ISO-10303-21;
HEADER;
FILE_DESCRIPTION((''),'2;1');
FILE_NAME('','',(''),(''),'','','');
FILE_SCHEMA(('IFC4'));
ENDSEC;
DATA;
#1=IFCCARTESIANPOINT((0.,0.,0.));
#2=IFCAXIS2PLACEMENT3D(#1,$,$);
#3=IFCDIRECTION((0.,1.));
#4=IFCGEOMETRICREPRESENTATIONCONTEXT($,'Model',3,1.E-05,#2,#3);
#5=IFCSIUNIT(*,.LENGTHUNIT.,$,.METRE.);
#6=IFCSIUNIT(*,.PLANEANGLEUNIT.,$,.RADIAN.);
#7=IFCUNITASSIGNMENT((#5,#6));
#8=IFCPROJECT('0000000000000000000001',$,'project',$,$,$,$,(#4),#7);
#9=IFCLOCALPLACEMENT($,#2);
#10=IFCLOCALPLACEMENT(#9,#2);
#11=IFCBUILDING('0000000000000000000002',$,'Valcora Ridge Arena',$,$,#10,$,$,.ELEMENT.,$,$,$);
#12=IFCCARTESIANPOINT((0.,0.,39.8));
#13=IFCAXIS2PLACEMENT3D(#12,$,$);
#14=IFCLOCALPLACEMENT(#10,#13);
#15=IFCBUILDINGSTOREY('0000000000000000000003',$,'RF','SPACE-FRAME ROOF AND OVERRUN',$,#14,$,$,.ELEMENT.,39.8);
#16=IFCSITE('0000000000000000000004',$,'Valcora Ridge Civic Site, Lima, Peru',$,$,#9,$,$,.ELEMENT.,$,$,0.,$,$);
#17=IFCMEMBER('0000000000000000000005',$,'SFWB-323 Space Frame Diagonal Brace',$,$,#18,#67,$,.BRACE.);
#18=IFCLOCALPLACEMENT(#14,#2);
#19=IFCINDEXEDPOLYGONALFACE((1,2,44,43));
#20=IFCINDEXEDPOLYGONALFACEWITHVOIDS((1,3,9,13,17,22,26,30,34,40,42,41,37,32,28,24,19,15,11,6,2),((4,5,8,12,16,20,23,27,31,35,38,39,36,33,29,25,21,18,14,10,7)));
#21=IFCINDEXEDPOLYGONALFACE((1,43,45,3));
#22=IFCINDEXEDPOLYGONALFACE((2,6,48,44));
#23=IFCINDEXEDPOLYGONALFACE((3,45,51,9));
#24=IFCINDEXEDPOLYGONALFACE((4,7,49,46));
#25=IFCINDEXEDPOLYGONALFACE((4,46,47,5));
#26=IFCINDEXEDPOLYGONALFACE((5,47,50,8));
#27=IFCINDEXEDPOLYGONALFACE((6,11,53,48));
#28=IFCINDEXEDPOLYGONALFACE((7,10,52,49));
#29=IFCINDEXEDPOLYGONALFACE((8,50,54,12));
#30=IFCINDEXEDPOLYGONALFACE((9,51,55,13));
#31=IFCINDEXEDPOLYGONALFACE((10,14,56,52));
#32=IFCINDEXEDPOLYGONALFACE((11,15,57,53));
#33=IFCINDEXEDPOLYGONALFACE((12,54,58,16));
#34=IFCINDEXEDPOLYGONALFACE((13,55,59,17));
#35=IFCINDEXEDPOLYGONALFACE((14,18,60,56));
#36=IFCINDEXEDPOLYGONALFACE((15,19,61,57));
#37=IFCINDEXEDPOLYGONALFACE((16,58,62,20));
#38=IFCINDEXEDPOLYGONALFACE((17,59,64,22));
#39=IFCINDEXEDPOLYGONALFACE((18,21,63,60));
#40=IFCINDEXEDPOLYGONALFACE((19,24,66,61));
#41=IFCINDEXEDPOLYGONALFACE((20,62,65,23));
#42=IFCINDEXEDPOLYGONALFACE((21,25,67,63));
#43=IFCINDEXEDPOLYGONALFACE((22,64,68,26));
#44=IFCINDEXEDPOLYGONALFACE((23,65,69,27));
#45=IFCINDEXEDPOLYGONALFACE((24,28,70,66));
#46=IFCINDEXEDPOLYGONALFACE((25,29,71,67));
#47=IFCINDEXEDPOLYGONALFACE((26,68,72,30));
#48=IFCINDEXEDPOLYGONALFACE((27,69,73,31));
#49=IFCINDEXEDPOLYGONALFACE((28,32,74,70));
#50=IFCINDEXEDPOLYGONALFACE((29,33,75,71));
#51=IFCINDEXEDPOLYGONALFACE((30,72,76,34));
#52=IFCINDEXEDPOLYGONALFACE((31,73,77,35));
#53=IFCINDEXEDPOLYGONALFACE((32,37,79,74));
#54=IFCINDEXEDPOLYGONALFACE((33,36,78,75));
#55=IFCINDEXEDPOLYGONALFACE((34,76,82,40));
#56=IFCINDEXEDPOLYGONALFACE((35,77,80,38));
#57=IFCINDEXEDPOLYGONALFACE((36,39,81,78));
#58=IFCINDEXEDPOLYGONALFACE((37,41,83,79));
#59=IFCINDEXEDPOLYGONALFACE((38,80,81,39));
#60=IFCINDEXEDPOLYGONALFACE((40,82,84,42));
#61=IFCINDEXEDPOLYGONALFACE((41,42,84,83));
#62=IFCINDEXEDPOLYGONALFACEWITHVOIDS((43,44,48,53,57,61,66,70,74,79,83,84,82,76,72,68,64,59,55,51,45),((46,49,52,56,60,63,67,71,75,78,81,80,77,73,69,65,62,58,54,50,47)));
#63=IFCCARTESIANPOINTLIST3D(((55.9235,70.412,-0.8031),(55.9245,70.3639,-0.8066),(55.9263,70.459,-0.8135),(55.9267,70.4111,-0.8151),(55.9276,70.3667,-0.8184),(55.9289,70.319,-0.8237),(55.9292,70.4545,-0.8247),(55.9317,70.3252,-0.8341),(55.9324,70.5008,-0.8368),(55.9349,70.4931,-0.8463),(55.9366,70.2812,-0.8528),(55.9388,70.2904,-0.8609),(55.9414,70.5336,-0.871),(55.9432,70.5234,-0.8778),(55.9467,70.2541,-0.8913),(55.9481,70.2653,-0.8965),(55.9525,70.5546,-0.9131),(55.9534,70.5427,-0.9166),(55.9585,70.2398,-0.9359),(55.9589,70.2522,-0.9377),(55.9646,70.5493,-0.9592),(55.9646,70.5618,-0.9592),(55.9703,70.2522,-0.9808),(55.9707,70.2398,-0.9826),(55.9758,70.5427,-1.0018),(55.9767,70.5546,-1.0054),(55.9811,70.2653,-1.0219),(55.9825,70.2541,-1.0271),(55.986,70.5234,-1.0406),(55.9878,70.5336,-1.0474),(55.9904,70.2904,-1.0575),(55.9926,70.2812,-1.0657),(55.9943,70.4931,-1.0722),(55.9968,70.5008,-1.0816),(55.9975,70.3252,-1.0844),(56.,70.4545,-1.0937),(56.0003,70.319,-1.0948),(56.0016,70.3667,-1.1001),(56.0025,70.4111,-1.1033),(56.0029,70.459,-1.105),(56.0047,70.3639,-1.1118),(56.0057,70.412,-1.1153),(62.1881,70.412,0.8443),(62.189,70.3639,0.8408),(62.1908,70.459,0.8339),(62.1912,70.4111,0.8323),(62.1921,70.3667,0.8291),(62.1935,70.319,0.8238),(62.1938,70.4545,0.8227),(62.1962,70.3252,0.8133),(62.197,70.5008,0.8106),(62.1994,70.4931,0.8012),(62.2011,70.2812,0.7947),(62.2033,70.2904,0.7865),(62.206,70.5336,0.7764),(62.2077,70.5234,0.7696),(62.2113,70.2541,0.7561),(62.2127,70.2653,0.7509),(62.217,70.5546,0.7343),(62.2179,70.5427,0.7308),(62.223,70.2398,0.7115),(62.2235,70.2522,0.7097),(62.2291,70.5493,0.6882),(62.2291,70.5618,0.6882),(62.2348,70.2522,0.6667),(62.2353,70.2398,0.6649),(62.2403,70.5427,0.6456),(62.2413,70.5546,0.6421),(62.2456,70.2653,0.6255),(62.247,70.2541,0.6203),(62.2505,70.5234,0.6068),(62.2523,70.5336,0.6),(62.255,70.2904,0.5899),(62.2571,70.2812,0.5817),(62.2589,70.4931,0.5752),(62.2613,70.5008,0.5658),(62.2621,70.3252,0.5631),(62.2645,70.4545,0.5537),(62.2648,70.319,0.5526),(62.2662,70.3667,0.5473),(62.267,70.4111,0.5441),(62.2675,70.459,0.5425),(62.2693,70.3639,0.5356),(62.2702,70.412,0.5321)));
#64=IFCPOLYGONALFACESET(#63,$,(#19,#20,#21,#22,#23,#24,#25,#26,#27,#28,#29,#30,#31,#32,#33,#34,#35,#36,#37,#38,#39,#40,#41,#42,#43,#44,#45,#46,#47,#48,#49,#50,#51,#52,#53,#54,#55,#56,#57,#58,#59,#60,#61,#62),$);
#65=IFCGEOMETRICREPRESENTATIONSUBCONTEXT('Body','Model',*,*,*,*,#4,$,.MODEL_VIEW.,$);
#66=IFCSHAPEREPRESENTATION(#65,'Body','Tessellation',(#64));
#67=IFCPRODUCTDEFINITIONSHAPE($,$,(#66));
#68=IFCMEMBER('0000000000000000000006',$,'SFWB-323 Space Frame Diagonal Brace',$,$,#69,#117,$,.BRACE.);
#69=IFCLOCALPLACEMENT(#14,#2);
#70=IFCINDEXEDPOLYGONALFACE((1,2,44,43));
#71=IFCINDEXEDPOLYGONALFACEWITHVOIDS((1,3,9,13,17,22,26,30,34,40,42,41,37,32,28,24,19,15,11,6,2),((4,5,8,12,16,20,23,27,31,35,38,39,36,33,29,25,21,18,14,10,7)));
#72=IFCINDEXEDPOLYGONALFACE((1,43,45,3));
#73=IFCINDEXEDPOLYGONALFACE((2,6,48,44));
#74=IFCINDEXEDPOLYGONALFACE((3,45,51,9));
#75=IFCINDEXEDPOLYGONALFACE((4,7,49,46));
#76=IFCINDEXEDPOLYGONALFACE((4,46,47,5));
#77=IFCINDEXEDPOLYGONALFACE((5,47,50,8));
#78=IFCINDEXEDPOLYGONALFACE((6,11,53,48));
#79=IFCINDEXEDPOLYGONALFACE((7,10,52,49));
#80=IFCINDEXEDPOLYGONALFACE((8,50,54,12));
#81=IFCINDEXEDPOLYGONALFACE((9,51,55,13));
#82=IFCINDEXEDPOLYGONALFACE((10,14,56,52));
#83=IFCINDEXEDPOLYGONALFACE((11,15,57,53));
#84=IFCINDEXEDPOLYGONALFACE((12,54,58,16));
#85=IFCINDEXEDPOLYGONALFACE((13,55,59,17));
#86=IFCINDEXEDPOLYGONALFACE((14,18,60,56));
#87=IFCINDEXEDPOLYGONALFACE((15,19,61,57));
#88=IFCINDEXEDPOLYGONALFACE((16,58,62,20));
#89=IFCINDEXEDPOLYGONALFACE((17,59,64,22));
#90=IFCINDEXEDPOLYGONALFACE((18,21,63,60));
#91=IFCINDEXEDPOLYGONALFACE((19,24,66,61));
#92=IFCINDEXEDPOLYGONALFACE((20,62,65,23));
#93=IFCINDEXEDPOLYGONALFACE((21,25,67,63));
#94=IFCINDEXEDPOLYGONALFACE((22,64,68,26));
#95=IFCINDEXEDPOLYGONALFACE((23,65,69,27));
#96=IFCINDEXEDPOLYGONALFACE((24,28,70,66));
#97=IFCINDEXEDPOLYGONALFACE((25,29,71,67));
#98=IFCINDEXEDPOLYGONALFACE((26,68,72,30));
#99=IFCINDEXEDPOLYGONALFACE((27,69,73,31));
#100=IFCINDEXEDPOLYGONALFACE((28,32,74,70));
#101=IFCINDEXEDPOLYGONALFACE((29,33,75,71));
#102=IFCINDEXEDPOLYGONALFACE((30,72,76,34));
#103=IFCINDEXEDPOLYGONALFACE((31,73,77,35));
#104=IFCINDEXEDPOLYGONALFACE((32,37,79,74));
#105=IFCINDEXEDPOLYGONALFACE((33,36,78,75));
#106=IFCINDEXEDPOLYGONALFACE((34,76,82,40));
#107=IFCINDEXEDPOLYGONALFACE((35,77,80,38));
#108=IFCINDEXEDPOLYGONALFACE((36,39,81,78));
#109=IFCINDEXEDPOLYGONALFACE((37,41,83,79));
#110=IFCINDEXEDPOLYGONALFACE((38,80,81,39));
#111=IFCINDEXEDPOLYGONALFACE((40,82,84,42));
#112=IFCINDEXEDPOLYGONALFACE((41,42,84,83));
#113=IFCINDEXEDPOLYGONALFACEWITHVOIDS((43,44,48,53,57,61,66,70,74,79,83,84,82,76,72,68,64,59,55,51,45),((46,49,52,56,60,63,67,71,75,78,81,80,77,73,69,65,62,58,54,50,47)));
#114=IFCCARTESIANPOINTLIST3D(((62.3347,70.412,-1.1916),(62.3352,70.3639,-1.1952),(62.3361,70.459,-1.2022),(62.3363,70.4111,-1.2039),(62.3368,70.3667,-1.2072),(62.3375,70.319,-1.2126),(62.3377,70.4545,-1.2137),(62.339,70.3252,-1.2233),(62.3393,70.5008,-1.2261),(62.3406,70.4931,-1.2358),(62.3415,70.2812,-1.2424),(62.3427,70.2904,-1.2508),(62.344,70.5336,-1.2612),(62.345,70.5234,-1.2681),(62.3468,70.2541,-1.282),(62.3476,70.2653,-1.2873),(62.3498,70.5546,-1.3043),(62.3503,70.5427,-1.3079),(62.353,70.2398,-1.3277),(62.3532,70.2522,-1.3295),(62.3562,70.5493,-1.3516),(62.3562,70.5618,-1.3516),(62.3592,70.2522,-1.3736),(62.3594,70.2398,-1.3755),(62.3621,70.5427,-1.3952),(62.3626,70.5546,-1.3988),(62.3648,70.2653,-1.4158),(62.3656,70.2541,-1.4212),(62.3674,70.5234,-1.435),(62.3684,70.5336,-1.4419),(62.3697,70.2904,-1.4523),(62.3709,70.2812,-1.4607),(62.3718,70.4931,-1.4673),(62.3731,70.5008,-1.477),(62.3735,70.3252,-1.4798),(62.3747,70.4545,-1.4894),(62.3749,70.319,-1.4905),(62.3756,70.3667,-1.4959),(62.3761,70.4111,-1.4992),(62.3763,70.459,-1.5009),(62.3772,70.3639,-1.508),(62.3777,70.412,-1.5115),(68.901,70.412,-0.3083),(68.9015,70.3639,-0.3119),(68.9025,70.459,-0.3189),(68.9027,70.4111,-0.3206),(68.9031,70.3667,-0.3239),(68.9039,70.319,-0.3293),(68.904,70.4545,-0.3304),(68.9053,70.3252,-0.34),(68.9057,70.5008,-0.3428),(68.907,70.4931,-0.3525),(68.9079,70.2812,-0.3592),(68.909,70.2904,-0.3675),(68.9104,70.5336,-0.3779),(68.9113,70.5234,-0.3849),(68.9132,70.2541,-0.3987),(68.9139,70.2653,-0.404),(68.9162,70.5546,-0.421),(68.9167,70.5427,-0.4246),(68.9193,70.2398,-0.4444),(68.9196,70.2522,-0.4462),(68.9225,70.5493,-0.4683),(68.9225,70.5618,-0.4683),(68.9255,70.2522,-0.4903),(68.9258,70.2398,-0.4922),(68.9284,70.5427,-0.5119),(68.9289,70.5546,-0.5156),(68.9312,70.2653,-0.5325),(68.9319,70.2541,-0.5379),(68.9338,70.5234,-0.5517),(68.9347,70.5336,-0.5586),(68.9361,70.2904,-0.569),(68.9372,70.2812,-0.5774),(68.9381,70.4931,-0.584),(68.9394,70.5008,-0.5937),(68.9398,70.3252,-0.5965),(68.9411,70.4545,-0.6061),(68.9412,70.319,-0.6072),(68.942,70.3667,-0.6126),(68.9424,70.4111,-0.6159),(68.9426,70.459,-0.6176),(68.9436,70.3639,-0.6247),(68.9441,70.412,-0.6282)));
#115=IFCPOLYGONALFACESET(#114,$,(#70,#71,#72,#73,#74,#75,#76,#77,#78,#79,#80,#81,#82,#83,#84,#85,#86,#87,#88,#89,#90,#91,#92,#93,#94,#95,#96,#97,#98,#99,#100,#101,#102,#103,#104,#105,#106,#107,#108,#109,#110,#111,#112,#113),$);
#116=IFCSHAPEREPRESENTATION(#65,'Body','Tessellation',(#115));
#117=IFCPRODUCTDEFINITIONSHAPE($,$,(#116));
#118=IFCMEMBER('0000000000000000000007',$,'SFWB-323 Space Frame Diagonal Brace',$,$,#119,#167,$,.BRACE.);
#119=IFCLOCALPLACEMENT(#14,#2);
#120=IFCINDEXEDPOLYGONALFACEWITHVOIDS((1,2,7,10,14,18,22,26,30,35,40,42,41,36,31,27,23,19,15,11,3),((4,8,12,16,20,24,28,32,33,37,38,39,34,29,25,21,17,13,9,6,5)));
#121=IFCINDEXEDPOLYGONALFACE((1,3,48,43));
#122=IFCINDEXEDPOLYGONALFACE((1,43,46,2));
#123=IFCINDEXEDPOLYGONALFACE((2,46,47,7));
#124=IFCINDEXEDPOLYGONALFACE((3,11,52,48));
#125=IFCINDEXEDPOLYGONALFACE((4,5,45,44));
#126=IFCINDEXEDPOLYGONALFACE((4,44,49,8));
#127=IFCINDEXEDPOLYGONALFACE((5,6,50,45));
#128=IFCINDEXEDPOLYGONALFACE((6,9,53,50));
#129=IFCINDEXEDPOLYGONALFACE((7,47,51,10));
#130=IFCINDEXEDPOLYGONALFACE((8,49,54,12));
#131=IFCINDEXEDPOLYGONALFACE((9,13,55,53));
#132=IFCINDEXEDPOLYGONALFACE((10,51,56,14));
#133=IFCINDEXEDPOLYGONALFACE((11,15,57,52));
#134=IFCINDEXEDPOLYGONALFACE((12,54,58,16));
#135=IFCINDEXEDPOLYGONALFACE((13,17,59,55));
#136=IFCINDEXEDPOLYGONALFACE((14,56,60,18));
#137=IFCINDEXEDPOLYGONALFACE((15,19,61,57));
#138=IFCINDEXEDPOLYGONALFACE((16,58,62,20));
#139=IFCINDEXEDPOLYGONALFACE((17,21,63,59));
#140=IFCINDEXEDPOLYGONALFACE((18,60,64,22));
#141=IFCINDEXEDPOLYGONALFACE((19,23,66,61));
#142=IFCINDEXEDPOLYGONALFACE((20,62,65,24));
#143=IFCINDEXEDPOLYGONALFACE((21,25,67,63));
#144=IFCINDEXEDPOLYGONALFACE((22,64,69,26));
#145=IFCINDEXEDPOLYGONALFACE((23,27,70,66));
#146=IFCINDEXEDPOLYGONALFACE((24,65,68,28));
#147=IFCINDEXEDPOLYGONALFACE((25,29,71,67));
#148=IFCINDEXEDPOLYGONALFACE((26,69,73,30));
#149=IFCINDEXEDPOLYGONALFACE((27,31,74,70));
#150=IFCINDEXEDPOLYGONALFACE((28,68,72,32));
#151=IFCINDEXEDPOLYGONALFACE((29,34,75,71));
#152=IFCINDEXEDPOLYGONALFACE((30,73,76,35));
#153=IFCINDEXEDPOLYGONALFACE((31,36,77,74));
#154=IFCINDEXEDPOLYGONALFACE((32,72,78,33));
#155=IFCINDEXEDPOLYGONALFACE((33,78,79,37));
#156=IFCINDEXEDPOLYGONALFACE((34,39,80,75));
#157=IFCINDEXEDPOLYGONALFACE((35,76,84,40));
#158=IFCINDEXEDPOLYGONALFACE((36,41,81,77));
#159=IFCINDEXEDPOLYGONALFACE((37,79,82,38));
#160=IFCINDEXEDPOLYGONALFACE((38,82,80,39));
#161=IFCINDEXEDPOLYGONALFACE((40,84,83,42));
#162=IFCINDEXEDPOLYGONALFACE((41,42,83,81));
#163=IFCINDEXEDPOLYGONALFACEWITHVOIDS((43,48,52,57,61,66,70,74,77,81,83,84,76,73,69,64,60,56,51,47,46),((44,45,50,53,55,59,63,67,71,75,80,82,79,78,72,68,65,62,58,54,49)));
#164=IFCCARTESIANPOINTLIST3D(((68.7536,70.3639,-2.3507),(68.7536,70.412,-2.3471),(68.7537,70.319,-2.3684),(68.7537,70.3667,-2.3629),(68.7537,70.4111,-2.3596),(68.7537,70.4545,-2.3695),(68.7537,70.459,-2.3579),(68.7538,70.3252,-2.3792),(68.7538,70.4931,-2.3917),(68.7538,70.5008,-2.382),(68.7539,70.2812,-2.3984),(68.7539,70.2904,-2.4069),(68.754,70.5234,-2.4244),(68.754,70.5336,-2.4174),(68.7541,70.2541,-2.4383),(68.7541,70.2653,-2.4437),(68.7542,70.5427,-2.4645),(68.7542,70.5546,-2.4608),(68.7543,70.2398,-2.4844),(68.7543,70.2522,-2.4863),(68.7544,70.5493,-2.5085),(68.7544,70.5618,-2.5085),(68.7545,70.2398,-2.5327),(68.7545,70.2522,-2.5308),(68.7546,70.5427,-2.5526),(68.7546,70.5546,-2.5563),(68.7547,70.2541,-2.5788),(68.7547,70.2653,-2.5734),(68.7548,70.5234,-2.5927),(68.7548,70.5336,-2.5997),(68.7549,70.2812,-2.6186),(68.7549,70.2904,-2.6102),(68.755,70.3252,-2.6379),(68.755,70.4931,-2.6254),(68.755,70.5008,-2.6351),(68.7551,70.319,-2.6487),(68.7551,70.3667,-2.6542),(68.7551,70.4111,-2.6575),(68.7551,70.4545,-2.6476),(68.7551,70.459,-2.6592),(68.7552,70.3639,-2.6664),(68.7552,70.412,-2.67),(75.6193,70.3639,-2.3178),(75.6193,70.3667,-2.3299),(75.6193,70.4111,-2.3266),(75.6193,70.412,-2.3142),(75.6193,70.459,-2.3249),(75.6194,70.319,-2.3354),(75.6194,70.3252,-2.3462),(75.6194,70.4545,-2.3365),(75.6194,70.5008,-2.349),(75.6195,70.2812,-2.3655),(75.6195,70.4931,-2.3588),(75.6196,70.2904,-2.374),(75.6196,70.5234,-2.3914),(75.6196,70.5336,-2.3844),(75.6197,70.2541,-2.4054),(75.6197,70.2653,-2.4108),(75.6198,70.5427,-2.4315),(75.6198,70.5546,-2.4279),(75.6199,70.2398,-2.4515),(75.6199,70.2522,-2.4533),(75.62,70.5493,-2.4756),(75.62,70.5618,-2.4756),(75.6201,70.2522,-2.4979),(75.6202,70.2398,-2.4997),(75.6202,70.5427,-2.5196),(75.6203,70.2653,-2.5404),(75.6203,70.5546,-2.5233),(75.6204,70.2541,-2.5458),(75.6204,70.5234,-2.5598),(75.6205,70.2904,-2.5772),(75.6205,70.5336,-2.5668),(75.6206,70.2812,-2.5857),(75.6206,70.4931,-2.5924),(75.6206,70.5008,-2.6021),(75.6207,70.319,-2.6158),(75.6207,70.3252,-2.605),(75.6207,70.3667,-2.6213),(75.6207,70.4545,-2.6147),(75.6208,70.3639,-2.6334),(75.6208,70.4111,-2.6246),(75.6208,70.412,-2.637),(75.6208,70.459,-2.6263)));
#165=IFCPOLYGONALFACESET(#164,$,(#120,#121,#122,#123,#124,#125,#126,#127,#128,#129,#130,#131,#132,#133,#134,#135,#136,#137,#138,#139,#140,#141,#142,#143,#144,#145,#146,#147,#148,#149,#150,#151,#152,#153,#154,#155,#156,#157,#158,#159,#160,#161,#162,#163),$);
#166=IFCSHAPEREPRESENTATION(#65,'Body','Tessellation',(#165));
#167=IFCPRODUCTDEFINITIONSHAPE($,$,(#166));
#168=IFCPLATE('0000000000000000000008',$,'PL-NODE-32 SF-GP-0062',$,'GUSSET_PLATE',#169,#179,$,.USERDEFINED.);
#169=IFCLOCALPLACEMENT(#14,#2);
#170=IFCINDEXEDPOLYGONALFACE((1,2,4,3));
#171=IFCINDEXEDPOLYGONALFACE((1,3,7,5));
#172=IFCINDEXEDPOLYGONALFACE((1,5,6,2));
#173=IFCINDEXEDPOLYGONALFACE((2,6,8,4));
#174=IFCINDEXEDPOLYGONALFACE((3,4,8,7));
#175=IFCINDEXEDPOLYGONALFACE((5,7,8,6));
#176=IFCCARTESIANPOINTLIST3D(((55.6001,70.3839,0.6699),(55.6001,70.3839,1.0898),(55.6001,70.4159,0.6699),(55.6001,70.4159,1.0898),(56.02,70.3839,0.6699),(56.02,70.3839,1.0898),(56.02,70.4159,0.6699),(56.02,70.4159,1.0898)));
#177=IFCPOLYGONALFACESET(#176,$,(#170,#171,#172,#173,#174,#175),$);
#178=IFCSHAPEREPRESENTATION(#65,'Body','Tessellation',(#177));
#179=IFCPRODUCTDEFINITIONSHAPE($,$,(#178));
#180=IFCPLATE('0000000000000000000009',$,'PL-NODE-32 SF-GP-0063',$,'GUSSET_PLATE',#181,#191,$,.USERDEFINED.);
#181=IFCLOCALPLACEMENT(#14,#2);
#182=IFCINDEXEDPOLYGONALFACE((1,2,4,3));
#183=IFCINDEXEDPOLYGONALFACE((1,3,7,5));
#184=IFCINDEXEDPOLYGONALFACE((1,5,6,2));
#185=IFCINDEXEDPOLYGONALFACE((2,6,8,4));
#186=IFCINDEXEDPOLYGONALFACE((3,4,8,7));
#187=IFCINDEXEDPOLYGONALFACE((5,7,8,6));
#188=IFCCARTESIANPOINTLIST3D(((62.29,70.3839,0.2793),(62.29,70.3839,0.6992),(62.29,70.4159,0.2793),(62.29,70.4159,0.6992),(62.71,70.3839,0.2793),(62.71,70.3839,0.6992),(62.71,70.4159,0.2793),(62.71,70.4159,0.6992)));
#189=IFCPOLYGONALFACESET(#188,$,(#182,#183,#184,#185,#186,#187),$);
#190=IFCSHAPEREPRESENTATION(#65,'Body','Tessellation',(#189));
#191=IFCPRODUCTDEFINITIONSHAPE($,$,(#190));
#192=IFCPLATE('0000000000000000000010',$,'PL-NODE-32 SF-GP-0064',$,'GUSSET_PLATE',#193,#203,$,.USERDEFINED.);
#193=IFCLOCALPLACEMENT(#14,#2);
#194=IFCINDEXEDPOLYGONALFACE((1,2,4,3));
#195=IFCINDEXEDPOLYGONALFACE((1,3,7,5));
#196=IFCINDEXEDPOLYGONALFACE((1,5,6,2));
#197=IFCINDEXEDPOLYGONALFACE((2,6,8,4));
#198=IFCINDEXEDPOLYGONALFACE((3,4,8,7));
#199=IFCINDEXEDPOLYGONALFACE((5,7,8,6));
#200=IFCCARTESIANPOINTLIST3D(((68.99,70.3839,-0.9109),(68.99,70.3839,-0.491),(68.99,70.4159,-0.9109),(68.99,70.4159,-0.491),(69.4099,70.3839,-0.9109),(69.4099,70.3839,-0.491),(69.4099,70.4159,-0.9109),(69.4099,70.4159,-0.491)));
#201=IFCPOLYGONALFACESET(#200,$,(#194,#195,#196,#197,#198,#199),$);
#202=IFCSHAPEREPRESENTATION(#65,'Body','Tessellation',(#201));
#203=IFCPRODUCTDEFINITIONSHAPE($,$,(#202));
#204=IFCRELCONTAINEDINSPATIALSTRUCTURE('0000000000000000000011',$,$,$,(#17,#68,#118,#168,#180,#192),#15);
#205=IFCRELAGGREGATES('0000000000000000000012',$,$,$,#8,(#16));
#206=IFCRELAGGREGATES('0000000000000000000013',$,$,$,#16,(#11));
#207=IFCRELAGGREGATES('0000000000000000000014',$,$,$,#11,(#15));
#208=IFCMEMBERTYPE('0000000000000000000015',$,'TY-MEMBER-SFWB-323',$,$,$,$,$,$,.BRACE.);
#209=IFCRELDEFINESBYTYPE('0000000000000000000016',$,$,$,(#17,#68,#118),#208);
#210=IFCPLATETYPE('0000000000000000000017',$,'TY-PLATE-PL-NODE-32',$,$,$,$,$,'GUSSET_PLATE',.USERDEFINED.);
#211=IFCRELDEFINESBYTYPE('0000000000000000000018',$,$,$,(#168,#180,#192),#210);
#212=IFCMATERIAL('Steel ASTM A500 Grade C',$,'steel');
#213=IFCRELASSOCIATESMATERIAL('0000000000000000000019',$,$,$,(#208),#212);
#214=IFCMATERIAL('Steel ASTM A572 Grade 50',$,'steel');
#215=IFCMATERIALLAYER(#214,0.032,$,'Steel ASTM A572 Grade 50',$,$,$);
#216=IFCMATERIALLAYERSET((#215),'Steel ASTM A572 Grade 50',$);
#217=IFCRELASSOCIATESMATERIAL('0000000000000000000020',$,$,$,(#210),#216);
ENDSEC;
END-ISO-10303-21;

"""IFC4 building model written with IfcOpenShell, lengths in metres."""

from ifc_helpers import new_model, si_unit, direction, frame, origin, origin_2d, place, context, subcontext, project, spatial, rectangle, hollow_circle, extrude, material, layer, layer_set, material_profile, profile_set, type_object, element, save


model = new_model("IFC4")

# Units and contexts
model_context = context("Model", 3, precision=1e-05, world=origin(), true_north=direction((0.0, 1.0)))
body_context = subcontext(model_context, "Body", "Model", "MODEL_VIEW")
ifc_project = project(units=[si_unit("LENGTHUNIT", "METRE"), si_unit("PLANEANGLEUNIT", "RADIAN")], contexts=[model_context])

# Site, building, storey
site_placement = place(None, origin())
site = spatial("IfcSite", under=ifc_project, at=site_placement, Name="Valcora Ridge Civic Site, Lima, Peru", CompositionType="ELEMENT", RefElevation=0.0)
building_placement = place(site_placement, origin())
building = spatial("IfcBuilding", under=site, at=building_placement, Name="Valcora Ridge Arena", CompositionType="ELEMENT")
storey_placement = place(building_placement, frame((0.0, 0.0, 39.8)))
storey = spatial("IfcBuildingStorey", under=building, at=storey_placement, Name="RF", Description="SPACE-FRAME ROOF AND OVERRUN", CompositionType="ELEMENT", Elevation=39.8)

# Members
ifc_material_1 = material(Name="Steel ASTM A572 Grade 50", Category="steel")
ifc_material_2 = material(Name="Steel ASTM A500 Grade C", Category="steel")
ifc_material_profile_1 = material_profile(ifc_material_2, hollow_circle(Radius=0.1619, WallThickness=0.0125, at=origin_2d()), Name="CHS323X12")
ifc_profile_set_1 = profile_set([ifc_material_profile_1], Name="Steel ASTM A500 Grade C")
member_type_1 = type_object("IfcMemberType", Name="TY-MEMBER-SFWB-323", PredefinedType="BRACE", material=ifc_profile_set_1)
member_1_placement = place(storey_placement, frame((55.9646, 70.3999, -0.9592), z_axis=(0.967117, 0.0, 0.25433), x_axis=(0.0, 1.0, 0.0)))
element("IfcMember", 1, at=member_1_placement, inside=storey, type_object=member_type_1, Name="SFWB-323 Space Frame Diagonal Brace", PredefinedType="BRACE", context=body_context, shape_type="SweptSolid", body=[
    extrude(hollow_circle(Radius=0.1619, WallThickness=0.0125, at=origin_2d()), origin(), (0.0, 0.0, 1.0), 6.4775),
])
member_2_placement = place(storey_placement, frame((62.3562, 70.3999, -1.3516), z_axis=(0.991073, 0.0, 0.133317), x_axis=(0.0, 1.0, 0.0)))
element("IfcMember", 2, at=member_2_placement, inside=storey, type_object=member_type_1, Name="SFWB-323 Space Frame Diagonal Brace", PredefinedType="BRACE", context=body_context, shape_type="SweptSolid", body=[
    extrude(hollow_circle(Radius=0.1619, WallThickness=0.0125, at=origin_2d()), origin(), (0.0, 0.0, 1.0), 6.6255),
])
member_3_placement = place(storey_placement, frame((68.7544, 70.3999, -2.5085), z_axis=(0.999988, 0.0, 0.0048), x_axis=(0.0, 1.0, 0.0)))
element("IfcMember", 3, at=member_3_placement, inside=storey, type_object=member_type_1, Name="SFWB-323 Space Frame Diagonal Brace", PredefinedType="BRACE", context=body_context, shape_type="SweptSolid", body=[
    extrude(hollow_circle(Radius=0.1619, WallThickness=0.0125, at=origin_2d()), origin(), (0.0, 0.0, 1.0), 6.8657),
])

# Plates
ifc_layer_1 = layer(ifc_material_1, 0.032, Name="Steel ASTM A572 Grade 50")
ifc_layer_set_1 = layer_set([ifc_layer_1], Name="Steel ASTM A572 Grade 50")
plate_type = type_object("IfcPlateType", Name="TY-PLATE-PL-NODE-32", ElementType="GUSSET_PLATE", PredefinedType="USERDEFINED", material=ifc_layer_set_1)
for number, where, z_axis, x_axis, name in (
    (4, (55.8101, 70.3999, 0.6699), (0.0, 0.0, 1.0), (1.0, 0.0, 0.0), "PL-NODE-32 SF-GP-0062"),
    (5, (62.5, 70.3999, 0.2793), (0.0, 0.0, 1.0), (1.0, 0.0, 0.0), "PL-NODE-32 SF-GP-0063"),
    (6, (69.2, 70.3999, -0.9109), (0.0, 0.0, 1.0), (1.0, 0.0, 0.0), "PL-NODE-32 SF-GP-0064"),
):
    element("IfcPlate", number, at=place(storey_placement, frame(where, z_axis=z_axis, x_axis=x_axis)), inside=storey, type_object=plate_type, Name=name, ObjectType="GUSSET_PLATE", PredefinedType="USERDEFINED", context=body_context, shape_type="SweptSolid", body=[
        extrude(rectangle(XDim=0.4199, YDim=0.032, at=origin_2d()), origin(), (0.0, 0.0, 1.0), 0.4199),
    ])

save(model, "model.ifc")
